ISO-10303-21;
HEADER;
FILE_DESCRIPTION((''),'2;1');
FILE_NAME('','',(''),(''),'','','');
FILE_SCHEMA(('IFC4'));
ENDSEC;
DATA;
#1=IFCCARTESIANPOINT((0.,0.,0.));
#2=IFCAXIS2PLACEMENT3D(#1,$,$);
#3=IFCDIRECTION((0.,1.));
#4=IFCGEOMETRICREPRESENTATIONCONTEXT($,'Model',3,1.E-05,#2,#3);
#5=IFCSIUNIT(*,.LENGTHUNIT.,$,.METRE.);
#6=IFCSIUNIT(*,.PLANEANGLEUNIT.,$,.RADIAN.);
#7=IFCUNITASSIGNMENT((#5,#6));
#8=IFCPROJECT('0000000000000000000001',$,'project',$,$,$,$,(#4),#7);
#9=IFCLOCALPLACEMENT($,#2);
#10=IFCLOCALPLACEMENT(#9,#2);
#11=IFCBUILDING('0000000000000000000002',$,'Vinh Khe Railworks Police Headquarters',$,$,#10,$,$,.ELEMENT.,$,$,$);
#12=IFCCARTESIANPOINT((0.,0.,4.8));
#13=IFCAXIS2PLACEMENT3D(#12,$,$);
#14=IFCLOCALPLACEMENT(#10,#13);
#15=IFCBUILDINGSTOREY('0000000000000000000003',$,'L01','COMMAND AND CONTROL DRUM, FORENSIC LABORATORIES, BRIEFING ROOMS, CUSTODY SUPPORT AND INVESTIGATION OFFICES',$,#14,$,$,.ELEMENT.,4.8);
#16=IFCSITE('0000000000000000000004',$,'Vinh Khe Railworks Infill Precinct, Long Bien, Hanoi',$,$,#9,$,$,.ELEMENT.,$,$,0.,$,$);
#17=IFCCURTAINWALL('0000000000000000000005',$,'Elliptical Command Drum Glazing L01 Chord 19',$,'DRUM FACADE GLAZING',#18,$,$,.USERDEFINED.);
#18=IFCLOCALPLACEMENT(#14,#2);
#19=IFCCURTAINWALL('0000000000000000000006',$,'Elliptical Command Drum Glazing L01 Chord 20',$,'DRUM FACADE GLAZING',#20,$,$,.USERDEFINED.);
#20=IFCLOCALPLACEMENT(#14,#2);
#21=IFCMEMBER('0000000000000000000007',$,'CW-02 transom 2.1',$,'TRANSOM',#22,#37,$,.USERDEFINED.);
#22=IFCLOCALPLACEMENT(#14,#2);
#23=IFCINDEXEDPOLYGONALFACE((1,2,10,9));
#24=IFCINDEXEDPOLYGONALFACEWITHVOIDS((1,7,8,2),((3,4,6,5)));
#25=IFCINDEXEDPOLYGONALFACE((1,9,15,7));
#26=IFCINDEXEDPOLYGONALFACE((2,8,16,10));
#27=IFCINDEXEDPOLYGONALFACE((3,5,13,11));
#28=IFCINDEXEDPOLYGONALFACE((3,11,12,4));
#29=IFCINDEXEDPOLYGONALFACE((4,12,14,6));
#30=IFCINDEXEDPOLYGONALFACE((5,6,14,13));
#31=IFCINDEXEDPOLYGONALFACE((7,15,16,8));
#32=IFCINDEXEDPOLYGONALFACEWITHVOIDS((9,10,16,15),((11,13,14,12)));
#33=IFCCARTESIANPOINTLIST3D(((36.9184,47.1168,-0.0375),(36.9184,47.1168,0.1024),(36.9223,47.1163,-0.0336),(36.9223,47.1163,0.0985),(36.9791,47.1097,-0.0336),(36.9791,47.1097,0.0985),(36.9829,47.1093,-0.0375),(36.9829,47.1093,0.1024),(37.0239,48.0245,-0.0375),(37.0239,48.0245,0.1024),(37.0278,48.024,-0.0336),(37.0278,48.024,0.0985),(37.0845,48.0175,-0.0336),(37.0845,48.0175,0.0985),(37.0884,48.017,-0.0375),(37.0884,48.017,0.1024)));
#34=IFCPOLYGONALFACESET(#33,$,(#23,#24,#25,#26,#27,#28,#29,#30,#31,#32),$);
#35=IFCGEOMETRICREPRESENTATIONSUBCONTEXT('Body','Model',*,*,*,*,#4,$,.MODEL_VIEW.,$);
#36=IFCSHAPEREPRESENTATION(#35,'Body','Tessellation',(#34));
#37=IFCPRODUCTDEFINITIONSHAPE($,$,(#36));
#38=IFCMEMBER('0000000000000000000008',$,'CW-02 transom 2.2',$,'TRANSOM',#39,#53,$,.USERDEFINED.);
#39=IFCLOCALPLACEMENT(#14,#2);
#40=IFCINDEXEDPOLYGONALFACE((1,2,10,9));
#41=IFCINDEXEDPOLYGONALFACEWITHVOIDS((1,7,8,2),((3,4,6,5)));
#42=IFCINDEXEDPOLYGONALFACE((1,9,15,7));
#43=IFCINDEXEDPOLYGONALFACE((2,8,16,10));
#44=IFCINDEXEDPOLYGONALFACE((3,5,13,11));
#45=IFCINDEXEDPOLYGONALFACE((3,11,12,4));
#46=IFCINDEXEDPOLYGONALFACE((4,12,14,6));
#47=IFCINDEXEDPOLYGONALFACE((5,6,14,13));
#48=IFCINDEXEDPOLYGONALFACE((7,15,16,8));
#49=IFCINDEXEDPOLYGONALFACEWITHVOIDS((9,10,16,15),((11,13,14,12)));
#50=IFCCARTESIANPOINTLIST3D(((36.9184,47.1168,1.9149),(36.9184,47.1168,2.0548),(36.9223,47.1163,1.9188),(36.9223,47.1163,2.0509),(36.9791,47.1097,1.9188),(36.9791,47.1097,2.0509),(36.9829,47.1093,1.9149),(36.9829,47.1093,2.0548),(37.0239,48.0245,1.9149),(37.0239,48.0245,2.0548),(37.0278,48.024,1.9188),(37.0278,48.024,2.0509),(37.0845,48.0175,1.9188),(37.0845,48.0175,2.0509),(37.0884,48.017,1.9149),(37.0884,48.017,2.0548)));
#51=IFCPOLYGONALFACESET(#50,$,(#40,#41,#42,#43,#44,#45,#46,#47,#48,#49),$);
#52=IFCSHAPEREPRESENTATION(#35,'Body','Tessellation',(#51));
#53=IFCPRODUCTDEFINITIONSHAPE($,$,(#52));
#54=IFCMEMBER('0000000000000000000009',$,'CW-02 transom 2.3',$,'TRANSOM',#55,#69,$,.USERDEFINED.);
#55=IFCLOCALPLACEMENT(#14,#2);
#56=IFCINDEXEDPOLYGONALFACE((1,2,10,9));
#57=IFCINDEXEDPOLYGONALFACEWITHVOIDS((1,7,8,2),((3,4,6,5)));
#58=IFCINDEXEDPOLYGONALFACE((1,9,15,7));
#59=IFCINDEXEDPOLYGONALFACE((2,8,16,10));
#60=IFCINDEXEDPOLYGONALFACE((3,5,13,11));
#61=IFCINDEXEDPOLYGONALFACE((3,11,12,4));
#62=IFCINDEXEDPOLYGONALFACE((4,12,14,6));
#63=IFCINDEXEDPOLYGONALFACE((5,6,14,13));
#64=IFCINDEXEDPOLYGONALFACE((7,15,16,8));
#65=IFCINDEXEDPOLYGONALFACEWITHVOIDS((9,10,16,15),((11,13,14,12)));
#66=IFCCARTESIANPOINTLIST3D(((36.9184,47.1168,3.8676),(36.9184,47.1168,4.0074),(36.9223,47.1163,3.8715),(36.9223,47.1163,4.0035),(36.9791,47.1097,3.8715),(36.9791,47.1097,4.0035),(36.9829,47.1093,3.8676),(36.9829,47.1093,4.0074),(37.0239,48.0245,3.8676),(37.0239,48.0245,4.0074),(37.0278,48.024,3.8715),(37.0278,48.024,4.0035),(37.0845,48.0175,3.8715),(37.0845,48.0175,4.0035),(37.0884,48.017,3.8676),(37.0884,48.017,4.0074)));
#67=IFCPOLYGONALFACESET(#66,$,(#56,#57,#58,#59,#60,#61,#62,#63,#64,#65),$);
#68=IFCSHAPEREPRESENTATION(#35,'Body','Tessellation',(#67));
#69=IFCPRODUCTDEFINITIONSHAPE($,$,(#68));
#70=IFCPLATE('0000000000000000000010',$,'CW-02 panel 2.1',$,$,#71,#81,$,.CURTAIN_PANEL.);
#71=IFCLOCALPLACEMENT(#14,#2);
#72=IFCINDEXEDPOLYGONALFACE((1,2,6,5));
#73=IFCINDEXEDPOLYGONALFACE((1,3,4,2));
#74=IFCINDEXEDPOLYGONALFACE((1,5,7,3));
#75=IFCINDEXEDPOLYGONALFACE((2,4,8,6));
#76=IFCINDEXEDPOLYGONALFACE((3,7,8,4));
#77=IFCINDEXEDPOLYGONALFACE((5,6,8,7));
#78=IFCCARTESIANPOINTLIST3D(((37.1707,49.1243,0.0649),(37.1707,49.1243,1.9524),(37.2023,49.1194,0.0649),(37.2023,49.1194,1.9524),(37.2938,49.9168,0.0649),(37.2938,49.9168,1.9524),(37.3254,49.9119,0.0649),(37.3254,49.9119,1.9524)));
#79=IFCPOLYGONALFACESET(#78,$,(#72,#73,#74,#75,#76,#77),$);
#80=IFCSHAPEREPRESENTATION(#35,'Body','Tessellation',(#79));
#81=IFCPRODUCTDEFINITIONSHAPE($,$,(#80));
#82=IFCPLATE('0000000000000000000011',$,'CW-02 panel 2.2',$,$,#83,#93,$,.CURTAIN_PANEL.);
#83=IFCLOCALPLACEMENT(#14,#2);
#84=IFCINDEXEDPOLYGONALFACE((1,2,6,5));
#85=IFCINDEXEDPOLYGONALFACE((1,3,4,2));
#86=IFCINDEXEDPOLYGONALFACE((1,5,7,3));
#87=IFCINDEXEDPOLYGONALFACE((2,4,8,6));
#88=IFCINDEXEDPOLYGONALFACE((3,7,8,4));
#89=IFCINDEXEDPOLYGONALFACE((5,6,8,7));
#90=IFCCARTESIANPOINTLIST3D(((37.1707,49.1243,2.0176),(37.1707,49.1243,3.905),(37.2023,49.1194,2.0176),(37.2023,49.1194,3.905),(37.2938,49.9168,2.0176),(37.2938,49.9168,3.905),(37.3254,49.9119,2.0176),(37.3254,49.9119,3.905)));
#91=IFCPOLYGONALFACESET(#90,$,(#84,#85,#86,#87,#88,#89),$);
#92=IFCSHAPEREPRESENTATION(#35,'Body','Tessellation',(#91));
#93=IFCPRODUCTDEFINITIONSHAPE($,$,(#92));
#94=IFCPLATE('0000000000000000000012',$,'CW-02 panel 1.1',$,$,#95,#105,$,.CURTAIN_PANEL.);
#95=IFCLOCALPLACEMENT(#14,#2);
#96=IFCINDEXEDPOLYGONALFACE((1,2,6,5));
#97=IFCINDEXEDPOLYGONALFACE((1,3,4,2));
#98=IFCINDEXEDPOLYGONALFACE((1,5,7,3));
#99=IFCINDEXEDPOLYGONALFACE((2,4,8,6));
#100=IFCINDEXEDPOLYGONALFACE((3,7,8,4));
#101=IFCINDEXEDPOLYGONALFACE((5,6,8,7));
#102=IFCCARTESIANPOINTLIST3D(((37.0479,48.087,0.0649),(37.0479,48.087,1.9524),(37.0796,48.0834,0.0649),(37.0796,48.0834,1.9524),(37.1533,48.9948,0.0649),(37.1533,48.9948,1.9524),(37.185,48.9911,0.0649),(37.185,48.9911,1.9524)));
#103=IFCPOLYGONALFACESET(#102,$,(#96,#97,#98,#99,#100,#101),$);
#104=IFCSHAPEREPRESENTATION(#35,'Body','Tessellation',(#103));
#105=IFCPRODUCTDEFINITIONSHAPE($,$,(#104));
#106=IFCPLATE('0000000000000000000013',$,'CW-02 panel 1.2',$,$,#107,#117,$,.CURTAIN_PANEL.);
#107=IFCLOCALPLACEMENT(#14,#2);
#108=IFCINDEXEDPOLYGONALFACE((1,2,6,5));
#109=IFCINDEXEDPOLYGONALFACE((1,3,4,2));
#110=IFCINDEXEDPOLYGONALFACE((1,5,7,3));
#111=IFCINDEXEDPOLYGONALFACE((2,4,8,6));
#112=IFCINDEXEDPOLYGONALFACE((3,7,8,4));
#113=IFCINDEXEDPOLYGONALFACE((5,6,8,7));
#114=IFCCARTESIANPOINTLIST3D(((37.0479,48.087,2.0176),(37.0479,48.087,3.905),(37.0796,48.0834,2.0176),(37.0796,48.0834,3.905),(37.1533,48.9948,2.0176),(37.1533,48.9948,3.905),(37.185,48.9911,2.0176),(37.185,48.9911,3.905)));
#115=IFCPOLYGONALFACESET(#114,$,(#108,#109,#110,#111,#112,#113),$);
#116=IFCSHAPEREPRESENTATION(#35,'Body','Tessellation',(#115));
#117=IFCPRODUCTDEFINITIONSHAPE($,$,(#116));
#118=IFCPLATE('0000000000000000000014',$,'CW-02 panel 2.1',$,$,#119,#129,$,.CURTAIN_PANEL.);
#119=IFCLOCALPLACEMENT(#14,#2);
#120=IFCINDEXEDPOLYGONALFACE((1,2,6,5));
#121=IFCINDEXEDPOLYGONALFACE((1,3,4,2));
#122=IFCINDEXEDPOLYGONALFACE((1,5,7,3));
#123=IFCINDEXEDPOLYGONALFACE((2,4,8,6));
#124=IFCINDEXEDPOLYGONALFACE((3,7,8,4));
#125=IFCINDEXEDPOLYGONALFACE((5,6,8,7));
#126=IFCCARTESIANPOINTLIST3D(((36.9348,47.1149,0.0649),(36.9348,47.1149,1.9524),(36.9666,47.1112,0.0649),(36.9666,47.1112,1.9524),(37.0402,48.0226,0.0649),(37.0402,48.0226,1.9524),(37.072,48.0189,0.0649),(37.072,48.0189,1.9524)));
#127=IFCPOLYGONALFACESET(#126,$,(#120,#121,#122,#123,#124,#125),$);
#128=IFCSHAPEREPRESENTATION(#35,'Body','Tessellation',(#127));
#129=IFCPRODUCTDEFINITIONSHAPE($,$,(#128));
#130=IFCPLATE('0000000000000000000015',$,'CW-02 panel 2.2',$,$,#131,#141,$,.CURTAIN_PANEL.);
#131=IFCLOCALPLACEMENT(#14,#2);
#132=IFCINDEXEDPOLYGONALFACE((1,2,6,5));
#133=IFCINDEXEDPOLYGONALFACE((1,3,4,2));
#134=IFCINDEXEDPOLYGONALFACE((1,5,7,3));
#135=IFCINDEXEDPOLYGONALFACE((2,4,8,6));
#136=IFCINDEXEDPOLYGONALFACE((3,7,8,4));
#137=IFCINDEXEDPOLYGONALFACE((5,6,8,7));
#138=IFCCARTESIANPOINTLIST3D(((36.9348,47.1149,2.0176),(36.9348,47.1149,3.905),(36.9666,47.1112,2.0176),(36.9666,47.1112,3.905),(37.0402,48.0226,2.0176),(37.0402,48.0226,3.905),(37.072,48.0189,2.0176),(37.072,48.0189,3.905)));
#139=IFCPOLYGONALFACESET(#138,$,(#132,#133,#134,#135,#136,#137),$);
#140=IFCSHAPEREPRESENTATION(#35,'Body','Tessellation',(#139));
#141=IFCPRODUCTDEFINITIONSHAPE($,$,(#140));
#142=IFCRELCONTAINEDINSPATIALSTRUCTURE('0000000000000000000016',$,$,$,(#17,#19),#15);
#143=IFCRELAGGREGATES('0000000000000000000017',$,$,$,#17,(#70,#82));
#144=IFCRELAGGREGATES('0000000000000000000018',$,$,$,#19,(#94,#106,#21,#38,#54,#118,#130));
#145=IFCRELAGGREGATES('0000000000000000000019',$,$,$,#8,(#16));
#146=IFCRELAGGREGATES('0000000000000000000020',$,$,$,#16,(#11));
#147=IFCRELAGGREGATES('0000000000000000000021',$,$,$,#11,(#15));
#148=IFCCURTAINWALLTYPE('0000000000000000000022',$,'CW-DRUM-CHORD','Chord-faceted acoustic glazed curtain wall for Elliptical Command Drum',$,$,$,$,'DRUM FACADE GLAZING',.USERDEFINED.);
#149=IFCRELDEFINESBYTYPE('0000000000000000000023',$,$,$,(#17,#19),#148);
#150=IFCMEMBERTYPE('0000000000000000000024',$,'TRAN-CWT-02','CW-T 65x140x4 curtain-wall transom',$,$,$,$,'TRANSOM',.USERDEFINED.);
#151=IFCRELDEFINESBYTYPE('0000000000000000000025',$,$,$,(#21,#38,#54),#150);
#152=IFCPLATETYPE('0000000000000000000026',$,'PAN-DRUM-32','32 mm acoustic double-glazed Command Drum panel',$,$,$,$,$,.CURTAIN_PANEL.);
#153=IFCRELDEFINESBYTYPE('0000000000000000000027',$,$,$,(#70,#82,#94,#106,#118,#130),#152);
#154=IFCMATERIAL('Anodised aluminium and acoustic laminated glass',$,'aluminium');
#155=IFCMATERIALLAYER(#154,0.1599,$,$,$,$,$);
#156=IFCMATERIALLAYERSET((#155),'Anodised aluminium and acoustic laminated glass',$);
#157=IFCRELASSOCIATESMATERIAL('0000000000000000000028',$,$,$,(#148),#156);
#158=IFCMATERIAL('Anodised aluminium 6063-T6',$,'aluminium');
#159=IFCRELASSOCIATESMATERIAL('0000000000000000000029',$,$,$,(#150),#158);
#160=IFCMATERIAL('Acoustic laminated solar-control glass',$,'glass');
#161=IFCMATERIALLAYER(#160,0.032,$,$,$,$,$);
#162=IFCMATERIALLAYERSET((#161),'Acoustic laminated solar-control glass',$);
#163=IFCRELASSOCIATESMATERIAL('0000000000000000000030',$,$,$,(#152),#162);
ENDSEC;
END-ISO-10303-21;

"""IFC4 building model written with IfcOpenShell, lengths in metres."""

from ifc_helpers import new_model, si_unit, direction, frame, origin, origin_2d, place, context, subcontext, project, spatial, rectangle, hollow_rectangle, extrude, material, layer, layer_set, material_profile, profile_set, type_object, element, aggregate, save


model = new_model("IFC4")

# Units and contexts
model_context = context("Model", 3, precision=1e-05, world=origin(), true_north=direction((0.0, 1.0)))
body_context = subcontext(model_context, "Body", "Model", "MODEL_VIEW")
ifc_project = project(units=[si_unit("LENGTHUNIT", "METRE"), si_unit("PLANEANGLEUNIT", "RADIAN")], contexts=[model_context])

# Site, building, storey
site_placement = place(None, origin())
site = spatial("IfcSite", under=ifc_project, at=site_placement, Name="Vinh Khe Railworks Infill Precinct, Long Bien, Hanoi", CompositionType="ELEMENT", RefElevation=0.0)
building_placement = place(site_placement, origin())
building = spatial("IfcBuilding", under=site, at=building_placement, Name="Vinh Khe Railworks Police Headquarters", CompositionType="ELEMENT")
storey_placement = place(building_placement, frame((0.0, 0.0, 4.8)))
storey = spatial("IfcBuildingStorey", under=building, at=storey_placement, Name="L01", Description="COMMAND AND CONTROL DRUM, FORENSIC LABORATORIES, BRIEFING ROOMS, CUSTODY SUPPORT AND INVESTIGATION OFFICES", CompositionType="ELEMENT", Elevation=4.8)

# Curtain walls
ifc_material_1 = material(Name="Anodised aluminium and acoustic laminated glass", Category="aluminium")
ifc_layer_1 = layer(ifc_material_1, 0.1599)
ifc_layer_set_1 = layer_set([ifc_layer_1], Name="Anodised aluminium and acoustic laminated glass")
curtain_wall_type = type_object("IfcCurtainWallType", Name="CW-DRUM-CHORD", Description="Chord-faceted acoustic glazed curtain wall for Elliptical Command Drum", ElementType="DRUM FACADE GLAZING", PredefinedType="USERDEFINED", material=ifc_layer_set_1)
curtain_wall_1_placement = place(storey_placement, origin())
curtain_wall_1 = element("IfcCurtainWall", 1, at=curtain_wall_1_placement, inside=storey, type_object=curtain_wall_type, Name="Elliptical Command Drum Glazing L01 Chord 19", ObjectType="DRUM FACADE GLAZING", PredefinedType="USERDEFINED")
ifc_material_2 = material(Name="Anodised aluminium 6063-T6", Category="aluminium")
curtain_wall_2_placement = place(storey_placement, origin())
curtain_wall_2 = element("IfcCurtainWall", 2, at=curtain_wall_2_placement, inside=storey, type_object=curtain_wall_type, Name="Elliptical Command Drum Glazing L01 Chord 20", ObjectType="DRUM FACADE GLAZING", PredefinedType="USERDEFINED")

# Members
ifc_material_profile_1 = material_profile(ifc_material_2, hollow_rectangle(XDim=0.0649, YDim=0.1399, WallThickness=0.0039, at=origin_2d()), Name="CW-T 65x140x4")
ifc_profile_set_1 = profile_set([ifc_material_profile_1], Name="Anodised aluminium 6063-T6")
member_type_1 = type_object("IfcMemberType", Name="TRAN-CWT-02", Description="CW-T 65x140x4 curtain-wall transom", ElementType="TRANSOM", PredefinedType="USERDEFINED", material=ifc_profile_set_1)
member_1_placement = place(storey_placement, frame((37.0562, 48.0208, 0.0325), z_axis=(-0.115415, -0.993317, 0.0), x_axis=(0.993317, -0.115415, 0.0)))
member_1 = element("IfcMember", 3, at=member_1_placement, type_object=member_type_1, Name="CW-02 transom 2.1", ObjectType="TRANSOM", PredefinedType="USERDEFINED", context=body_context, shape_type="SweptSolid", body=[
    extrude(hollow_rectangle(XDim=0.0649, YDim=0.1399, WallThickness=0.0039, at=origin_2d()), origin(), (0.0, 0.0, 1.0), 0.9138),
])
member_2_placement = place(storey_placement, frame((37.0562, 48.0208, 1.9849), z_axis=(-0.115415, -0.993317, 0.0), x_axis=(0.993317, -0.115415, 0.0)))
member_2 = element("IfcMember", 4, at=member_2_placement, type_object=member_type_1, Name="CW-02 transom 2.2", ObjectType="TRANSOM", PredefinedType="USERDEFINED", context=body_context, shape_type="SweptSolid", body=[
    extrude(hollow_rectangle(XDim=0.0649, YDim=0.1399, WallThickness=0.0039, at=origin_2d()), origin(), (0.0, 0.0, 1.0), 0.9138),
])
member_3_placement = place(storey_placement, frame((37.0562, 48.0208, 3.9375), z_axis=(-0.115415, -0.993317, 0.0), x_axis=(0.993317, -0.115415, 0.0)))
member_3 = element("IfcMember", 5, at=member_3_placement, type_object=member_type_1, Name="CW-02 transom 2.3", ObjectType="TRANSOM", PredefinedType="USERDEFINED", context=body_context, shape_type="SweptSolid", body=[
    extrude(hollow_rectangle(XDim=0.0649, YDim=0.1399, WallThickness=0.0039, at=origin_2d()), origin(), (0.0, 0.0, 1.0), 0.9138),
])

# Plates
ifc_material_3 = material(Name="Acoustic laminated solar-control glass", Category="glass")
ifc_layer_2 = layer(ifc_material_3, 0.032)
ifc_layer_set_2 = layer_set([ifc_layer_2], Name="Acoustic laminated solar-control glass")
plate_type = type_object("IfcPlateType", Name="PAN-DRUM-32", Description="32 mm acoustic double-glazed Command Drum panel", PredefinedType="CURTAIN_PANEL", material=ifc_layer_set_2)
plate_1_placement = place(storey_placement, frame((37.248, 49.5181, 0.0649), z_axis=(0.0, 0.0, 1.0), x_axis=(-0.15349, -0.98815, 0.0)))
plate_1 = element("IfcPlate", 6, at=plate_1_placement, type_object=plate_type, Name="CW-02 panel 2.1", PredefinedType="CURTAIN_PANEL", context=body_context, shape_type="SweptSolid", body=[
    extrude(rectangle(XDim=0.802, YDim=0.032, at=origin_2d()), origin(), (0.0, 0.0, 1.0), 1.8875),
])
plate_2_placement = place(storey_placement, frame((37.248, 49.5181, 2.0176), z_axis=(0.0, 0.0, 1.0), x_axis=(-0.15349, -0.98815, 0.0)))
plate_2 = element("IfcPlate", 7, at=plate_2_placement, type_object=plate_type, Name="CW-02 panel 2.2", PredefinedType="CURTAIN_PANEL", context=body_context, shape_type="SweptSolid", body=[
    extrude(rectangle(XDim=0.802, YDim=0.032, at=origin_2d()), origin(), (0.0, 0.0, 1.0), 1.8875),
])
aggregate(curtain_wall_1, [plate_1, plate_2])
plate_3_placement = place(storey_placement, frame((37.1165, 48.5391, 0.0649), z_axis=(0.0, 0.0, 1.0), x_axis=(-0.115318, -0.993329, 0.0)))
plate_3 = element("IfcPlate", 8, at=plate_3_placement, type_object=plate_type, Name="CW-02 panel 1.1", PredefinedType="CURTAIN_PANEL", context=body_context, shape_type="SweptSolid", body=[
    extrude(rectangle(XDim=0.9138, YDim=0.032, at=origin_2d()), origin(), (0.0, 0.0, 1.0), 1.8875),
])
plate_4_placement = place(storey_placement, frame((37.1165, 48.5391, 2.0176), z_axis=(0.0, 0.0, 1.0), x_axis=(-0.115318, -0.993329, 0.0)))
plate_4 = element("IfcPlate", 9, at=plate_4_placement, type_object=plate_type, Name="CW-02 panel 1.2", PredefinedType="CURTAIN_PANEL", context=body_context, shape_type="SweptSolid", body=[
    extrude(rectangle(XDim=0.9138, YDim=0.032, at=origin_2d()), origin(), (0.0, 0.0, 1.0), 1.8875),
])
plate_5_placement = place(storey_placement, frame((37.0034, 47.5669, 0.0649), z_axis=(0.0, 0.0, 1.0), x_axis=(-0.115318, -0.993329, 0.0)))
plate_5 = element("IfcPlate", 10, at=plate_5_placement, type_object=plate_type, Name="CW-02 panel 2.1", PredefinedType="CURTAIN_PANEL", context=body_context, shape_type="SweptSolid", body=[
    extrude(rectangle(XDim=0.9138, YDim=0.032, at=origin_2d()), origin(), (0.0, 0.0, 1.0), 1.8875),
])
plate_6_placement = place(storey_placement, frame((37.0034, 47.5669, 2.0176), z_axis=(0.0, 0.0, 1.0), x_axis=(-0.115318, -0.993329, 0.0)))
plate_6 = element("IfcPlate", 11, at=plate_6_placement, type_object=plate_type, Name="CW-02 panel 2.2", PredefinedType="CURTAIN_PANEL", context=body_context, shape_type="SweptSolid", body=[
    extrude(rectangle(XDim=0.9138, YDim=0.032, at=origin_2d()), origin(), (0.0, 0.0, 1.0), 1.8875),
])
aggregate(curtain_wall_2, [plate_3, plate_4, member_1, member_2, member_3, plate_5, plate_6])

save(model, "model.ifc")
